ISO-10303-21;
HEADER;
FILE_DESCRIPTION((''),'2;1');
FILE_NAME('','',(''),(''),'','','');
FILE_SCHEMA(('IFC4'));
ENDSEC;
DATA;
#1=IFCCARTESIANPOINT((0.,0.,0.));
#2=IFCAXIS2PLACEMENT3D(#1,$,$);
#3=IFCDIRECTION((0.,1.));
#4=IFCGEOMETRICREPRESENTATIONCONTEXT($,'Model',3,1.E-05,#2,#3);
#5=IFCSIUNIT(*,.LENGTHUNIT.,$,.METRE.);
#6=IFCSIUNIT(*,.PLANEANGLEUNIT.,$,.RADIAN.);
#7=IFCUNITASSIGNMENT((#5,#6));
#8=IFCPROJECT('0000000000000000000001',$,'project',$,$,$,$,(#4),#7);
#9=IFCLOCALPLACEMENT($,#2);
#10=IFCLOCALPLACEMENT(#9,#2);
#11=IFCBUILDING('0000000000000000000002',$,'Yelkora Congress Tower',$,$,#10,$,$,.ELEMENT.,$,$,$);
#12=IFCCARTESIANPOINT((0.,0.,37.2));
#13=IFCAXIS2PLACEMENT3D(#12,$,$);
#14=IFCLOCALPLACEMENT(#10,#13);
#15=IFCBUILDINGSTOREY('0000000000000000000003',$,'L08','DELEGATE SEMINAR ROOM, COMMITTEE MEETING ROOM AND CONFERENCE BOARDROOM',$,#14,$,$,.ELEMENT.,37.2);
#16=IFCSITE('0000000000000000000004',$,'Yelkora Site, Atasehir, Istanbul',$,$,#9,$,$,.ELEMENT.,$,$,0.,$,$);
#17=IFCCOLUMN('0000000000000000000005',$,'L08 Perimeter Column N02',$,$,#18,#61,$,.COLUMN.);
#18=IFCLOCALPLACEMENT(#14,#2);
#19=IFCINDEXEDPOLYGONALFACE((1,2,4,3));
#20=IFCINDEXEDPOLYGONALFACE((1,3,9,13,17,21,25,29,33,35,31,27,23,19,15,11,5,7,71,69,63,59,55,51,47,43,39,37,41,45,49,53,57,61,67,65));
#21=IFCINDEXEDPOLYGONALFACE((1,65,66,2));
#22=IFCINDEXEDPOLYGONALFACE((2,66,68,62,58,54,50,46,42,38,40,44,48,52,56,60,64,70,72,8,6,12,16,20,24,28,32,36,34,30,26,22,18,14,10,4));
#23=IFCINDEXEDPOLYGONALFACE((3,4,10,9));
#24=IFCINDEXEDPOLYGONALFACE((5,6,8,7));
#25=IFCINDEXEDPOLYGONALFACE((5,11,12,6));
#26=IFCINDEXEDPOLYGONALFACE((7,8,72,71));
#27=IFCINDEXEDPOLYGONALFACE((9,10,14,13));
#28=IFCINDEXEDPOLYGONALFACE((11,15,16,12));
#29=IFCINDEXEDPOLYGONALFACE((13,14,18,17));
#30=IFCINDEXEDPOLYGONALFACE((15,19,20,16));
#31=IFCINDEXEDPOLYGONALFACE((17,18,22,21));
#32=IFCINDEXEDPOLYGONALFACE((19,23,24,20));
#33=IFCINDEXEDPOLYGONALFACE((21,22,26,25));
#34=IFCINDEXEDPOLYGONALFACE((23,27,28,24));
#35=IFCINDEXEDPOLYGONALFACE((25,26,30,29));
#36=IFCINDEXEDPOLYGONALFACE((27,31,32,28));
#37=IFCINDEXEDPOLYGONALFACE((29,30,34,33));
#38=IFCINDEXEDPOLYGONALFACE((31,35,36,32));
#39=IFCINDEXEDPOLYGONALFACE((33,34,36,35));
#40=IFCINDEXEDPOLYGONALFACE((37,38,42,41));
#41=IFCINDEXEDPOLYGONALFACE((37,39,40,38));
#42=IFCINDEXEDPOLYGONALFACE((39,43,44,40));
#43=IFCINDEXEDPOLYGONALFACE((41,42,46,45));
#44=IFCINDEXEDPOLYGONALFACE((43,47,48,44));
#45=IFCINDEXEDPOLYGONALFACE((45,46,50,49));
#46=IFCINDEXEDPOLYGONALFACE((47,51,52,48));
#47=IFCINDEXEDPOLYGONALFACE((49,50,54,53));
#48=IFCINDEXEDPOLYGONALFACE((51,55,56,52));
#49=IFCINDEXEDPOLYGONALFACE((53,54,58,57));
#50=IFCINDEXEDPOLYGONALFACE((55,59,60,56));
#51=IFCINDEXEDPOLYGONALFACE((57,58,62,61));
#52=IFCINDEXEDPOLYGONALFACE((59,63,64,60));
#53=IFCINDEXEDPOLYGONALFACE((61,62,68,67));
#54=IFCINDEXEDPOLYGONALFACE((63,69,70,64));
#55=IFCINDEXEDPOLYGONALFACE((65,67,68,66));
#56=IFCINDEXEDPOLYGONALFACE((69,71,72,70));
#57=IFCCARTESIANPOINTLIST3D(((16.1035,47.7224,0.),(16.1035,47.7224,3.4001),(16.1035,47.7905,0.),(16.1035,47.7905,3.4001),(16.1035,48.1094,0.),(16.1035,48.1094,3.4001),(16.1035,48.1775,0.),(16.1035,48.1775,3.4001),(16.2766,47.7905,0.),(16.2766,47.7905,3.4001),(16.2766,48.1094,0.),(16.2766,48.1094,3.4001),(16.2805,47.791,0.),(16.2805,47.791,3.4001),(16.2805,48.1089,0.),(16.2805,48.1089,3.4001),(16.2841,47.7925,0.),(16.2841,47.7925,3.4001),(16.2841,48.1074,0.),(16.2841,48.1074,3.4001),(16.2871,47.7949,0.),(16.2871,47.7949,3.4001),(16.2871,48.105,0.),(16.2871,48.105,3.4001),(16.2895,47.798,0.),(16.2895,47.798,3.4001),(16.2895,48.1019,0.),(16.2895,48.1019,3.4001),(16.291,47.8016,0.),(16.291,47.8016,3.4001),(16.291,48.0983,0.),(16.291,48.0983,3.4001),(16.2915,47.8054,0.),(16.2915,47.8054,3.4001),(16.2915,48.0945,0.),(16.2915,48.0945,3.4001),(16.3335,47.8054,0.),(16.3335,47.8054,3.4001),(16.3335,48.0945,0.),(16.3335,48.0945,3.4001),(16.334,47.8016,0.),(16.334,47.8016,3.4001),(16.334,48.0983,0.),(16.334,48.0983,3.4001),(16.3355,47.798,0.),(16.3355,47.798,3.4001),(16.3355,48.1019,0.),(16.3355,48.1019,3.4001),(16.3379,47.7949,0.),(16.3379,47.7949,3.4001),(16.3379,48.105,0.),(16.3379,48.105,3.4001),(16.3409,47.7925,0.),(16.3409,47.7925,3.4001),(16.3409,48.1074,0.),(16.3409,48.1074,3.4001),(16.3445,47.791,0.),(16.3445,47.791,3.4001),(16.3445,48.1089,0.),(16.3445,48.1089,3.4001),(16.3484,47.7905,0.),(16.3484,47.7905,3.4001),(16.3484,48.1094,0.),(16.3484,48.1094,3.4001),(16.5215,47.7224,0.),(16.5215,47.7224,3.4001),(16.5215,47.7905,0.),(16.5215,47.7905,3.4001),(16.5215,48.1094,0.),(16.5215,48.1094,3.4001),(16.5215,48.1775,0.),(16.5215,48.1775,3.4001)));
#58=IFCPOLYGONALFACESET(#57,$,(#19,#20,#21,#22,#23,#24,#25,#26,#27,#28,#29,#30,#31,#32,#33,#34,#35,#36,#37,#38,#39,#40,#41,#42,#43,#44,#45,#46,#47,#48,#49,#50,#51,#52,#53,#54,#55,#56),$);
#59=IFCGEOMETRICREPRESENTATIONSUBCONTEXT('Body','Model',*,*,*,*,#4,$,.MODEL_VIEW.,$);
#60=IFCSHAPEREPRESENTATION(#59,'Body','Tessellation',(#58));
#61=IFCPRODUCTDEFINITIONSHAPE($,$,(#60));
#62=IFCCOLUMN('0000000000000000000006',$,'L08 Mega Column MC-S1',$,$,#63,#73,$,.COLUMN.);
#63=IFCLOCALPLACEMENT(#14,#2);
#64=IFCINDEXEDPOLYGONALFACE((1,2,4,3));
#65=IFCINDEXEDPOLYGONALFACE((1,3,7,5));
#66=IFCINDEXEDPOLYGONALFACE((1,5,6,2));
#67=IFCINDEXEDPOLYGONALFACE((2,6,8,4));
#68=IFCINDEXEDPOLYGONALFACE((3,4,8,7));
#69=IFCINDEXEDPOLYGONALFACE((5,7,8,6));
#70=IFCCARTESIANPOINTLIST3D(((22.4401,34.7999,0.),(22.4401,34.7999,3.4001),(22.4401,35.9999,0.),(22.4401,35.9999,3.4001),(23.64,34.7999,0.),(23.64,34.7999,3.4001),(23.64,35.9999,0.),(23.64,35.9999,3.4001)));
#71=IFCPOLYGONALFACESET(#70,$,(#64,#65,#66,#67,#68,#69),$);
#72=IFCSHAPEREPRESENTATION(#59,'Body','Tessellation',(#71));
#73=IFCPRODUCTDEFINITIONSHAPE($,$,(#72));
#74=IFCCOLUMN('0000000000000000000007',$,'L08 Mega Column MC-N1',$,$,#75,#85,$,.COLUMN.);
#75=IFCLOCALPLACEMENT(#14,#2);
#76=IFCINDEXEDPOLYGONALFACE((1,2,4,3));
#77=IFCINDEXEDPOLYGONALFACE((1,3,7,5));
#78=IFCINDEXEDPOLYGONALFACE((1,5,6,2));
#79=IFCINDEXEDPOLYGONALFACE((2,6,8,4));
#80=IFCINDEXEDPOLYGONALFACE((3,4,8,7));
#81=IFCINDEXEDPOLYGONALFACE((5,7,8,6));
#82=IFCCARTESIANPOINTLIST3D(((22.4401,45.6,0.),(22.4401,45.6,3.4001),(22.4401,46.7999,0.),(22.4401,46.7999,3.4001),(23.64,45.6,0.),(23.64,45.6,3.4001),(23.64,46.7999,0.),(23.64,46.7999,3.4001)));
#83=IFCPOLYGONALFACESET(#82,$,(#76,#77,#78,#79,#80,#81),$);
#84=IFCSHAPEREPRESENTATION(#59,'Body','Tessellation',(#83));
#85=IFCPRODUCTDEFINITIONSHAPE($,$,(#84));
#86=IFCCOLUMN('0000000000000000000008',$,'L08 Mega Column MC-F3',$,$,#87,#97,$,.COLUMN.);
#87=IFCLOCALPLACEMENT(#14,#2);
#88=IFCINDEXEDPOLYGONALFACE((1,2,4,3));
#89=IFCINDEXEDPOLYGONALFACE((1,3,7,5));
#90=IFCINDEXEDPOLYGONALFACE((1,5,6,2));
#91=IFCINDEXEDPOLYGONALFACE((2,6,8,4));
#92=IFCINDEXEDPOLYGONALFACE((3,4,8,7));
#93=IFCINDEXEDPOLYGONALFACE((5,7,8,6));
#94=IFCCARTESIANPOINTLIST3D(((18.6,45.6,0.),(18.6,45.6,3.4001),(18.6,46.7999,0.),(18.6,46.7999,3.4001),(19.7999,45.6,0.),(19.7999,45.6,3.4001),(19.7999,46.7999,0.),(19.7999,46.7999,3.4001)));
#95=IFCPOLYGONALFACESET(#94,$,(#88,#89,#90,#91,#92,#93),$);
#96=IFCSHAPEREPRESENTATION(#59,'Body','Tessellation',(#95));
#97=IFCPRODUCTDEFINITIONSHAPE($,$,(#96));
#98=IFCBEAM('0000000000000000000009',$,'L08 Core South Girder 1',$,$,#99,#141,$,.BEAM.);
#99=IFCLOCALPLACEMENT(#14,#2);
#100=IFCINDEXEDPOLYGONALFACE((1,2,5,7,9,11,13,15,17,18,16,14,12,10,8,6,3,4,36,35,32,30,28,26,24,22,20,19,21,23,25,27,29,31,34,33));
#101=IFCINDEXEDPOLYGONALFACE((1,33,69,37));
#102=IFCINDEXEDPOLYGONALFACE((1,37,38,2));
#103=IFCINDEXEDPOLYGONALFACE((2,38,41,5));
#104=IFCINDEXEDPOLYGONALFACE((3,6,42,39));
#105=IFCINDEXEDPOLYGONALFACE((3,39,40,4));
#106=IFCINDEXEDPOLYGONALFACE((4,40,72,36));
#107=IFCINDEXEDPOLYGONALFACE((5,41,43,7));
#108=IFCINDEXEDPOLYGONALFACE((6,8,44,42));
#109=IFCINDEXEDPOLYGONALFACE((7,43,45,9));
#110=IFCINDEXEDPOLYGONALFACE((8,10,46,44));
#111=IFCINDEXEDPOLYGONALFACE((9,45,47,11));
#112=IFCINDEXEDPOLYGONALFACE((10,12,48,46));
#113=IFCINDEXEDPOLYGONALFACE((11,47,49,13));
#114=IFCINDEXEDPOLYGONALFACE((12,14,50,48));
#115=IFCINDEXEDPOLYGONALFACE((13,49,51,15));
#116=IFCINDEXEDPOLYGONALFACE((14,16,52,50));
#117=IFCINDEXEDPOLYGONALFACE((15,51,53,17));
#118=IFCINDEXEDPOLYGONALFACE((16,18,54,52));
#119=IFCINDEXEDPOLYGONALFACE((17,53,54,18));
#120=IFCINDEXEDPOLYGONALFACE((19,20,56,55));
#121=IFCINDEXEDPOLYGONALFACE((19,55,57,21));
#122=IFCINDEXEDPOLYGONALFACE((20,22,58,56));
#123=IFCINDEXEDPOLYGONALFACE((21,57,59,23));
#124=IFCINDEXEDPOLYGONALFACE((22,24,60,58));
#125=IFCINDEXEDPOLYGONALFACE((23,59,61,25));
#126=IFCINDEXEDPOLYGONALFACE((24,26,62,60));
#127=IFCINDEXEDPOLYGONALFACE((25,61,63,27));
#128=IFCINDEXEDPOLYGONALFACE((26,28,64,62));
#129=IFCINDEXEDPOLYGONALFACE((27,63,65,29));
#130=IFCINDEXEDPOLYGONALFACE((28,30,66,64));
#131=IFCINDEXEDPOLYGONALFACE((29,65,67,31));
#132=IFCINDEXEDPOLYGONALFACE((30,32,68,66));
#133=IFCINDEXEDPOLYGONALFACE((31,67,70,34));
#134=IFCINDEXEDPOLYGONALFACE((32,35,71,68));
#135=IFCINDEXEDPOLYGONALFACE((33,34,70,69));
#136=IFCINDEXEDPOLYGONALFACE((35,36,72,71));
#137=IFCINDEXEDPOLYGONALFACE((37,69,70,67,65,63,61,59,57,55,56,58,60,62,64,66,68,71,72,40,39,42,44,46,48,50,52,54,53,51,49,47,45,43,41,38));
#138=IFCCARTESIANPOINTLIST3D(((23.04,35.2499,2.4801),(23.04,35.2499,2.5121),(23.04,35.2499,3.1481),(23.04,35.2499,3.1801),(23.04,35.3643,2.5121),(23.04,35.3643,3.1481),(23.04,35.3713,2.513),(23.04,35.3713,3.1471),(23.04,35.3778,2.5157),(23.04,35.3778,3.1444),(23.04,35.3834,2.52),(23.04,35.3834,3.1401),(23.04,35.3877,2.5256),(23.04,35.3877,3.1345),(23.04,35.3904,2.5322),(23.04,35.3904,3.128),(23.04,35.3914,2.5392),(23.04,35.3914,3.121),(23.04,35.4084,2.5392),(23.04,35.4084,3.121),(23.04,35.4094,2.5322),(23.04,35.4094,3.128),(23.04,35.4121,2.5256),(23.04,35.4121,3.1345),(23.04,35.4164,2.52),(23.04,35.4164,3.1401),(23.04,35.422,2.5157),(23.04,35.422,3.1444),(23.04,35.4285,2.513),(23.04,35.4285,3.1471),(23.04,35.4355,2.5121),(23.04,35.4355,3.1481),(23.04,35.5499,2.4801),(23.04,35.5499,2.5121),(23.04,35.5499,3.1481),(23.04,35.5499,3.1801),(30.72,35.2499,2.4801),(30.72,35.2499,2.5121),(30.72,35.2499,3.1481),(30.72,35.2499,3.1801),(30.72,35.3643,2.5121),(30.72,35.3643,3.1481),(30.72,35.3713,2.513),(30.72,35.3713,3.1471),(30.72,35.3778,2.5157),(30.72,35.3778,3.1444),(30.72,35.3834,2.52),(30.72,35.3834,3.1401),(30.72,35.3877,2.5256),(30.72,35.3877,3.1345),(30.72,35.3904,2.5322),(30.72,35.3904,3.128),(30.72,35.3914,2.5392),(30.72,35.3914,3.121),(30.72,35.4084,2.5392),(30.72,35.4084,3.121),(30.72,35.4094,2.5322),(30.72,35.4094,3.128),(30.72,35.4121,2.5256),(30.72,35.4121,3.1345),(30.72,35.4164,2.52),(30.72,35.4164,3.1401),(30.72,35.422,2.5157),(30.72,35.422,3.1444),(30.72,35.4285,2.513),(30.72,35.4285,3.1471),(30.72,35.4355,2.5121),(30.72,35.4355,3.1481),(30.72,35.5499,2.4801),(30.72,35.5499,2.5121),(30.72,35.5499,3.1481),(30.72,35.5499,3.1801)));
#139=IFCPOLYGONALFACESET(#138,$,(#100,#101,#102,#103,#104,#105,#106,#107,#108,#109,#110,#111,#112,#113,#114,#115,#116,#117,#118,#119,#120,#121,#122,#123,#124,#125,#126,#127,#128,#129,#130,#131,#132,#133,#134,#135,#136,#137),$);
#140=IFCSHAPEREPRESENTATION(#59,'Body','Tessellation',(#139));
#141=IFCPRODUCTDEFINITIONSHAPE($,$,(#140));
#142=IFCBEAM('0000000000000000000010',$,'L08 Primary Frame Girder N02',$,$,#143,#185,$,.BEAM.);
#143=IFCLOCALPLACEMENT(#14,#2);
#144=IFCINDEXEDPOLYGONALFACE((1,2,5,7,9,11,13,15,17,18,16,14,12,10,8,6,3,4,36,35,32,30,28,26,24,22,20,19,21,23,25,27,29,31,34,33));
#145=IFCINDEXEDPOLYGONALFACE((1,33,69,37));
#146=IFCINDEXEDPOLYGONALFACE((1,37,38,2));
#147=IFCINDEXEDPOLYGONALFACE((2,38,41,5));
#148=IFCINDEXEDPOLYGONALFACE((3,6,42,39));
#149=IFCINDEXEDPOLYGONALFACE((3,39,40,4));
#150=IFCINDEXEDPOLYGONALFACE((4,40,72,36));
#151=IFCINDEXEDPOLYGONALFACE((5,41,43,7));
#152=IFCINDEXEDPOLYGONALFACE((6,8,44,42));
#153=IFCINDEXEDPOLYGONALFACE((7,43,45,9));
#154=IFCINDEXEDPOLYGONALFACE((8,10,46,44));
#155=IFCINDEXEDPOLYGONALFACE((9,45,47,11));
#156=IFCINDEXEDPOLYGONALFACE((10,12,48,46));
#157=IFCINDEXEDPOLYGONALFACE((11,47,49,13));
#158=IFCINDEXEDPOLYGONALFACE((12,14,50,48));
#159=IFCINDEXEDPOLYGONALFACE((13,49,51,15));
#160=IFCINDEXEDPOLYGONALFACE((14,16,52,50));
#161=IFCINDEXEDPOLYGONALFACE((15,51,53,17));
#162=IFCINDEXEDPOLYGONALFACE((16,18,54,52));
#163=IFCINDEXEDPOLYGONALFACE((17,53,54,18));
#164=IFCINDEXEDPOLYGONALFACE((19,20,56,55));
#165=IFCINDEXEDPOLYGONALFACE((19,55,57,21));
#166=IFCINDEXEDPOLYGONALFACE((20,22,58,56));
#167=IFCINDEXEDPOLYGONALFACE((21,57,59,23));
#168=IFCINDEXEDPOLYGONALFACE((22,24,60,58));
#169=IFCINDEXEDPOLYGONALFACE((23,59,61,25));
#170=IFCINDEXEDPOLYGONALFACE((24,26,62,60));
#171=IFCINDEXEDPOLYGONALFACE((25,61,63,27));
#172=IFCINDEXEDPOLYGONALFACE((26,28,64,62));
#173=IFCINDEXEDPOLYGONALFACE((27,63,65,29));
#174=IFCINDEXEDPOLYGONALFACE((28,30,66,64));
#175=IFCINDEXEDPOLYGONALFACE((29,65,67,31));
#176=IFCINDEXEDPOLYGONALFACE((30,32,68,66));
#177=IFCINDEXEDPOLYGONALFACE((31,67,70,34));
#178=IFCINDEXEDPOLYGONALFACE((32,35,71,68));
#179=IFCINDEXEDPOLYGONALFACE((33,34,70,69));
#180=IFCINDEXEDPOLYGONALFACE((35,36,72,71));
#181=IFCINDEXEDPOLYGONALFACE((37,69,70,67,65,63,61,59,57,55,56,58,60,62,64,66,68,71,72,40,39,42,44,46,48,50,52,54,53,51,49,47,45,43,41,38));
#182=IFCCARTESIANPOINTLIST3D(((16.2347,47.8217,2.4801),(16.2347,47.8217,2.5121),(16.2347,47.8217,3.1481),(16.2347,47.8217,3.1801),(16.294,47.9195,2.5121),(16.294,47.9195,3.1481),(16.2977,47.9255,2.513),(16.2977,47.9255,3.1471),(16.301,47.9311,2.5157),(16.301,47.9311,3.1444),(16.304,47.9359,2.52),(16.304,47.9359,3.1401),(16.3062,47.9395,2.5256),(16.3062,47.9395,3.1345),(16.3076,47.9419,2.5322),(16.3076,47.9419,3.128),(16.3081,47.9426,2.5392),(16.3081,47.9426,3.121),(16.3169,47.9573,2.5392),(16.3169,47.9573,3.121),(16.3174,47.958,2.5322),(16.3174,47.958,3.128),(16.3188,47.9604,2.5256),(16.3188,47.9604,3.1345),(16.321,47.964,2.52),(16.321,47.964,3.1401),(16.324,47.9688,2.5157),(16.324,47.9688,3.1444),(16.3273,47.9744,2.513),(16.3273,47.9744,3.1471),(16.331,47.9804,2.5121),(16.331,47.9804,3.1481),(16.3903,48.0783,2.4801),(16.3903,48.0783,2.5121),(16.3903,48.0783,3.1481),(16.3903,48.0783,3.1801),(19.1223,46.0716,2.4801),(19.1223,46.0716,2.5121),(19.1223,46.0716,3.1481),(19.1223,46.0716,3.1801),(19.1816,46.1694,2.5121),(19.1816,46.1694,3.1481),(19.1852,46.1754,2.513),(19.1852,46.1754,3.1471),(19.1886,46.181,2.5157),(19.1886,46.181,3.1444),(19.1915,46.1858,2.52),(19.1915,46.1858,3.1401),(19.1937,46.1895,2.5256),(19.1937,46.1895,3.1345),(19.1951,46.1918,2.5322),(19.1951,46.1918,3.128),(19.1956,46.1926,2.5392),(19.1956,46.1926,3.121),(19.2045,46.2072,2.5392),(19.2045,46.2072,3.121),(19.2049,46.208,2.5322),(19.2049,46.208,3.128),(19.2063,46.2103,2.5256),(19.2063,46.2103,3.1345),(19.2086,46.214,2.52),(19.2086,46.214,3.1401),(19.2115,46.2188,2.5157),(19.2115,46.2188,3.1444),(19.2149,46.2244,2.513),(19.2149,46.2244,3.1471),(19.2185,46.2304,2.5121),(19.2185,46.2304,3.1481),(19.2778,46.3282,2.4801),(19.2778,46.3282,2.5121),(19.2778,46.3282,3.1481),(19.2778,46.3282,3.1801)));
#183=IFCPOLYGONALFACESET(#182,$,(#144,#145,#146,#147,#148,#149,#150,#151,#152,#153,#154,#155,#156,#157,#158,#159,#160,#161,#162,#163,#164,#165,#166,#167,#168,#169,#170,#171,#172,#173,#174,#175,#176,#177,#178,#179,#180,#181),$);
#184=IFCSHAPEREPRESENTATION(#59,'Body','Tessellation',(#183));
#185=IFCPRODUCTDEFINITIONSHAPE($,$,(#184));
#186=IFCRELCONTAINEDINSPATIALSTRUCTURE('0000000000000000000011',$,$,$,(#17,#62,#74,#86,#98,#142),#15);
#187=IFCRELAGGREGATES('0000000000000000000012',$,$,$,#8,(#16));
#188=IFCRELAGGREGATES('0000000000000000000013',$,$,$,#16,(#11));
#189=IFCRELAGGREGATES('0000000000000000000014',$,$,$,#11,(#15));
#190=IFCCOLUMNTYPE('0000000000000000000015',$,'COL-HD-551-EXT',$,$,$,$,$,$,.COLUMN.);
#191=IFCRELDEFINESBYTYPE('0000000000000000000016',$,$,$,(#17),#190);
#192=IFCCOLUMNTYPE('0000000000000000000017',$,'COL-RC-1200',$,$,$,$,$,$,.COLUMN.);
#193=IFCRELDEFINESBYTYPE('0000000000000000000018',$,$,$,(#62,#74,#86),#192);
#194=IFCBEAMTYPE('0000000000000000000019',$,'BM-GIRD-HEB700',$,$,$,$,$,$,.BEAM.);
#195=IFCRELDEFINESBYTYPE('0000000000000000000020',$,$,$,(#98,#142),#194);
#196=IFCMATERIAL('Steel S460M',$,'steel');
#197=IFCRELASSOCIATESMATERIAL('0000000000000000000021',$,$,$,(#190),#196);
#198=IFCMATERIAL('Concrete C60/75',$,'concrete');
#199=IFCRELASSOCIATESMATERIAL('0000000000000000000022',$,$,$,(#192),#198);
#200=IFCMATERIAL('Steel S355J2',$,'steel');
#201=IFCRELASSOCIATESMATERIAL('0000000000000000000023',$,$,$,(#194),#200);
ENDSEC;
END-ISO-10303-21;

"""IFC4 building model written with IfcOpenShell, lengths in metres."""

from ifc_helpers import new_model, si_unit, direction, frame, origin, origin_2d, place, context, subcontext, project, spatial, rectangle, i_section, extrude, material, material_profile, profile_set, type_object, element, save


model = new_model("IFC4")

# Units and contexts
model_context = context("Model", 3, precision=1e-05, world=origin(), true_north=direction((0.0, 1.0)))
body_context = subcontext(model_context, "Body", "Model", "MODEL_VIEW")
ifc_project = project(units=[si_unit("LENGTHUNIT", "METRE"), si_unit("PLANEANGLEUNIT", "RADIAN")], contexts=[model_context])

# Site, building, storey
site_placement = place(None, origin())
site = spatial("IfcSite", under=ifc_project, at=site_placement, Name="Yelkora Site, Atasehir, Istanbul", CompositionType="ELEMENT", RefElevation=0.0)
building_placement = place(site_placement, origin())
building = spatial("IfcBuilding", under=site, at=building_placement, Name="Yelkora Congress Tower", CompositionType="ELEMENT")
storey_placement = place(building_placement, frame((0.0, 0.0, 37.2)))
storey = spatial("IfcBuildingStorey", under=building, at=storey_placement, Name="L08", Description="DELEGATE SEMINAR ROOM, COMMITTEE MEETING ROOM AND CONFERENCE BOARDROOM", CompositionType="ELEMENT", Elevation=37.2)

# Columns
ifc_material_1 = material(Name="Steel S460M", Category="steel")
ifc_material_profile_1 = material_profile(ifc_material_1, i_section(OverallWidth=0.418, OverallDepth=0.4551, WebThickness=0.042, FlangeThickness=0.0681, FilletRadius=0.0149, at=origin_2d()), Name="HD 400x551")
ifc_profile_set_1 = profile_set([ifc_material_profile_1], Name="Steel S460M")
column_type_1 = type_object("IfcColumnType", Name="COL-HD-551-EXT", PredefinedType="COLUMN", material=ifc_profile_set_1)
column_placement = place(storey_placement, frame((16.3125, 47.95, 0.0), z_axis=(0.0, 0.0, 1.0), x_axis=(1.0, 0.0, 0.0)))
element("IfcColumn", 1, at=column_placement, inside=storey, type_object=column_type_1, Name="L08 Perimeter Column N02", PredefinedType="COLUMN", context=body_context, shape_type="SweptSolid", body=[
    extrude(i_section(OverallWidth=0.418, OverallDepth=0.4551, WebThickness=0.042, FlangeThickness=0.0681, FilletRadius=0.0149, at=origin_2d()), origin(), (0.0, 0.0, 1.0), 3.4001),
])
ifc_material_2 = material(Name="Concrete C60/75", Category="concrete")
ifc_material_profile_2 = material_profile(ifc_material_2, rectangle(XDim=1.2, YDim=1.2, at=origin_2d()), Name="RC 1200x1200")
ifc_profile_set_2 = profile_set([ifc_material_profile_2], Name="Concrete C60/75")
column_type_2 = type_object("IfcColumnType", Name="COL-RC-1200", PredefinedType="COLUMN", material=ifc_profile_set_2)
for number, where, z_axis, x_axis, name in (
    (2, (23.04, 35.3999, 0.0), (0.0, 0.0, 1.0), (1.0, 0.0, 0.0), "L08 Mega Column MC-S1"),
    (3, (23.04, 46.2, 0.0), (0.0, 0.0, 1.0), (1.0, 0.0, 0.0), "L08 Mega Column MC-N1"),
    (4, (19.2, 46.2, 0.0), (0.0, 0.0, 1.0), (1.0, 0.0, 0.0), "L08 Mega Column MC-F3"),
):
    element("IfcColumn", number, at=place(storey_placement, frame(where, z_axis=z_axis, x_axis=x_axis)), inside=storey, type_object=column_type_2, Name=name, PredefinedType="COLUMN", context=body_context, shape_type="SweptSolid", body=[
        extrude(rectangle(XDim=1.2, YDim=1.2, at=origin_2d()), origin(), (0.0, 0.0, 1.0), 3.4001),
    ])

# Beams
ifc_material_3 = material(Name="Steel S355J2", Category="steel")
ifc_material_profile_3 = material_profile(ifc_material_3, i_section(OverallWidth=0.3, OverallDepth=0.7, WebThickness=0.0171, FlangeThickness=0.032, FilletRadius=0.0271, at=origin_2d()), Name="HEB 700")
ifc_profile_set_3 = profile_set([ifc_material_profile_3], Name="Steel S355J2")
beam_type_1 = type_object("IfcBeamType", Name="BM-GIRD-HEB700", PredefinedType="BEAM", material=ifc_profile_set_3)
beam_1_placement = place(storey_placement, frame((23.04, 35.3999, 2.8301), z_axis=(1.0, 0.0, 0.0), x_axis=(0.0, 1.0, 0.0)))
element("IfcBeam", 5, at=beam_1_placement, inside=storey, type_object=beam_type_1, Name="L08 Core South Girder 1", PredefinedType="BEAM", context=body_context, shape_type="SweptSolid", body=[
    extrude(i_section(OverallWidth=0.3, OverallDepth=0.7, WebThickness=0.0171, FlangeThickness=0.032, FilletRadius=0.0271, at=origin_2d()), origin(), (0.0, 0.0, 1.0), 7.6799),
])
beam_2_placement = place(storey_placement, frame((16.3125, 47.95, 2.8301), z_axis=(0.855194, -0.518308, 0.0), x_axis=(0.518308, 0.855194, 0.0)))
element("IfcBeam", 6, at=beam_2_placement, inside=storey, type_object=beam_type_1, Name="L08 Primary Frame Girder N02", PredefinedType="BEAM", context=body_context, shape_type="SweptSolid", body=[
    extrude(i_section(OverallWidth=0.3, OverallDepth=0.7, WebThickness=0.0171, FlangeThickness=0.032, FilletRadius=0.0271, at=origin_2d()), origin(), (0.0, 0.0, 1.0), 3.3765),
])

save(model, "model.ifc")
